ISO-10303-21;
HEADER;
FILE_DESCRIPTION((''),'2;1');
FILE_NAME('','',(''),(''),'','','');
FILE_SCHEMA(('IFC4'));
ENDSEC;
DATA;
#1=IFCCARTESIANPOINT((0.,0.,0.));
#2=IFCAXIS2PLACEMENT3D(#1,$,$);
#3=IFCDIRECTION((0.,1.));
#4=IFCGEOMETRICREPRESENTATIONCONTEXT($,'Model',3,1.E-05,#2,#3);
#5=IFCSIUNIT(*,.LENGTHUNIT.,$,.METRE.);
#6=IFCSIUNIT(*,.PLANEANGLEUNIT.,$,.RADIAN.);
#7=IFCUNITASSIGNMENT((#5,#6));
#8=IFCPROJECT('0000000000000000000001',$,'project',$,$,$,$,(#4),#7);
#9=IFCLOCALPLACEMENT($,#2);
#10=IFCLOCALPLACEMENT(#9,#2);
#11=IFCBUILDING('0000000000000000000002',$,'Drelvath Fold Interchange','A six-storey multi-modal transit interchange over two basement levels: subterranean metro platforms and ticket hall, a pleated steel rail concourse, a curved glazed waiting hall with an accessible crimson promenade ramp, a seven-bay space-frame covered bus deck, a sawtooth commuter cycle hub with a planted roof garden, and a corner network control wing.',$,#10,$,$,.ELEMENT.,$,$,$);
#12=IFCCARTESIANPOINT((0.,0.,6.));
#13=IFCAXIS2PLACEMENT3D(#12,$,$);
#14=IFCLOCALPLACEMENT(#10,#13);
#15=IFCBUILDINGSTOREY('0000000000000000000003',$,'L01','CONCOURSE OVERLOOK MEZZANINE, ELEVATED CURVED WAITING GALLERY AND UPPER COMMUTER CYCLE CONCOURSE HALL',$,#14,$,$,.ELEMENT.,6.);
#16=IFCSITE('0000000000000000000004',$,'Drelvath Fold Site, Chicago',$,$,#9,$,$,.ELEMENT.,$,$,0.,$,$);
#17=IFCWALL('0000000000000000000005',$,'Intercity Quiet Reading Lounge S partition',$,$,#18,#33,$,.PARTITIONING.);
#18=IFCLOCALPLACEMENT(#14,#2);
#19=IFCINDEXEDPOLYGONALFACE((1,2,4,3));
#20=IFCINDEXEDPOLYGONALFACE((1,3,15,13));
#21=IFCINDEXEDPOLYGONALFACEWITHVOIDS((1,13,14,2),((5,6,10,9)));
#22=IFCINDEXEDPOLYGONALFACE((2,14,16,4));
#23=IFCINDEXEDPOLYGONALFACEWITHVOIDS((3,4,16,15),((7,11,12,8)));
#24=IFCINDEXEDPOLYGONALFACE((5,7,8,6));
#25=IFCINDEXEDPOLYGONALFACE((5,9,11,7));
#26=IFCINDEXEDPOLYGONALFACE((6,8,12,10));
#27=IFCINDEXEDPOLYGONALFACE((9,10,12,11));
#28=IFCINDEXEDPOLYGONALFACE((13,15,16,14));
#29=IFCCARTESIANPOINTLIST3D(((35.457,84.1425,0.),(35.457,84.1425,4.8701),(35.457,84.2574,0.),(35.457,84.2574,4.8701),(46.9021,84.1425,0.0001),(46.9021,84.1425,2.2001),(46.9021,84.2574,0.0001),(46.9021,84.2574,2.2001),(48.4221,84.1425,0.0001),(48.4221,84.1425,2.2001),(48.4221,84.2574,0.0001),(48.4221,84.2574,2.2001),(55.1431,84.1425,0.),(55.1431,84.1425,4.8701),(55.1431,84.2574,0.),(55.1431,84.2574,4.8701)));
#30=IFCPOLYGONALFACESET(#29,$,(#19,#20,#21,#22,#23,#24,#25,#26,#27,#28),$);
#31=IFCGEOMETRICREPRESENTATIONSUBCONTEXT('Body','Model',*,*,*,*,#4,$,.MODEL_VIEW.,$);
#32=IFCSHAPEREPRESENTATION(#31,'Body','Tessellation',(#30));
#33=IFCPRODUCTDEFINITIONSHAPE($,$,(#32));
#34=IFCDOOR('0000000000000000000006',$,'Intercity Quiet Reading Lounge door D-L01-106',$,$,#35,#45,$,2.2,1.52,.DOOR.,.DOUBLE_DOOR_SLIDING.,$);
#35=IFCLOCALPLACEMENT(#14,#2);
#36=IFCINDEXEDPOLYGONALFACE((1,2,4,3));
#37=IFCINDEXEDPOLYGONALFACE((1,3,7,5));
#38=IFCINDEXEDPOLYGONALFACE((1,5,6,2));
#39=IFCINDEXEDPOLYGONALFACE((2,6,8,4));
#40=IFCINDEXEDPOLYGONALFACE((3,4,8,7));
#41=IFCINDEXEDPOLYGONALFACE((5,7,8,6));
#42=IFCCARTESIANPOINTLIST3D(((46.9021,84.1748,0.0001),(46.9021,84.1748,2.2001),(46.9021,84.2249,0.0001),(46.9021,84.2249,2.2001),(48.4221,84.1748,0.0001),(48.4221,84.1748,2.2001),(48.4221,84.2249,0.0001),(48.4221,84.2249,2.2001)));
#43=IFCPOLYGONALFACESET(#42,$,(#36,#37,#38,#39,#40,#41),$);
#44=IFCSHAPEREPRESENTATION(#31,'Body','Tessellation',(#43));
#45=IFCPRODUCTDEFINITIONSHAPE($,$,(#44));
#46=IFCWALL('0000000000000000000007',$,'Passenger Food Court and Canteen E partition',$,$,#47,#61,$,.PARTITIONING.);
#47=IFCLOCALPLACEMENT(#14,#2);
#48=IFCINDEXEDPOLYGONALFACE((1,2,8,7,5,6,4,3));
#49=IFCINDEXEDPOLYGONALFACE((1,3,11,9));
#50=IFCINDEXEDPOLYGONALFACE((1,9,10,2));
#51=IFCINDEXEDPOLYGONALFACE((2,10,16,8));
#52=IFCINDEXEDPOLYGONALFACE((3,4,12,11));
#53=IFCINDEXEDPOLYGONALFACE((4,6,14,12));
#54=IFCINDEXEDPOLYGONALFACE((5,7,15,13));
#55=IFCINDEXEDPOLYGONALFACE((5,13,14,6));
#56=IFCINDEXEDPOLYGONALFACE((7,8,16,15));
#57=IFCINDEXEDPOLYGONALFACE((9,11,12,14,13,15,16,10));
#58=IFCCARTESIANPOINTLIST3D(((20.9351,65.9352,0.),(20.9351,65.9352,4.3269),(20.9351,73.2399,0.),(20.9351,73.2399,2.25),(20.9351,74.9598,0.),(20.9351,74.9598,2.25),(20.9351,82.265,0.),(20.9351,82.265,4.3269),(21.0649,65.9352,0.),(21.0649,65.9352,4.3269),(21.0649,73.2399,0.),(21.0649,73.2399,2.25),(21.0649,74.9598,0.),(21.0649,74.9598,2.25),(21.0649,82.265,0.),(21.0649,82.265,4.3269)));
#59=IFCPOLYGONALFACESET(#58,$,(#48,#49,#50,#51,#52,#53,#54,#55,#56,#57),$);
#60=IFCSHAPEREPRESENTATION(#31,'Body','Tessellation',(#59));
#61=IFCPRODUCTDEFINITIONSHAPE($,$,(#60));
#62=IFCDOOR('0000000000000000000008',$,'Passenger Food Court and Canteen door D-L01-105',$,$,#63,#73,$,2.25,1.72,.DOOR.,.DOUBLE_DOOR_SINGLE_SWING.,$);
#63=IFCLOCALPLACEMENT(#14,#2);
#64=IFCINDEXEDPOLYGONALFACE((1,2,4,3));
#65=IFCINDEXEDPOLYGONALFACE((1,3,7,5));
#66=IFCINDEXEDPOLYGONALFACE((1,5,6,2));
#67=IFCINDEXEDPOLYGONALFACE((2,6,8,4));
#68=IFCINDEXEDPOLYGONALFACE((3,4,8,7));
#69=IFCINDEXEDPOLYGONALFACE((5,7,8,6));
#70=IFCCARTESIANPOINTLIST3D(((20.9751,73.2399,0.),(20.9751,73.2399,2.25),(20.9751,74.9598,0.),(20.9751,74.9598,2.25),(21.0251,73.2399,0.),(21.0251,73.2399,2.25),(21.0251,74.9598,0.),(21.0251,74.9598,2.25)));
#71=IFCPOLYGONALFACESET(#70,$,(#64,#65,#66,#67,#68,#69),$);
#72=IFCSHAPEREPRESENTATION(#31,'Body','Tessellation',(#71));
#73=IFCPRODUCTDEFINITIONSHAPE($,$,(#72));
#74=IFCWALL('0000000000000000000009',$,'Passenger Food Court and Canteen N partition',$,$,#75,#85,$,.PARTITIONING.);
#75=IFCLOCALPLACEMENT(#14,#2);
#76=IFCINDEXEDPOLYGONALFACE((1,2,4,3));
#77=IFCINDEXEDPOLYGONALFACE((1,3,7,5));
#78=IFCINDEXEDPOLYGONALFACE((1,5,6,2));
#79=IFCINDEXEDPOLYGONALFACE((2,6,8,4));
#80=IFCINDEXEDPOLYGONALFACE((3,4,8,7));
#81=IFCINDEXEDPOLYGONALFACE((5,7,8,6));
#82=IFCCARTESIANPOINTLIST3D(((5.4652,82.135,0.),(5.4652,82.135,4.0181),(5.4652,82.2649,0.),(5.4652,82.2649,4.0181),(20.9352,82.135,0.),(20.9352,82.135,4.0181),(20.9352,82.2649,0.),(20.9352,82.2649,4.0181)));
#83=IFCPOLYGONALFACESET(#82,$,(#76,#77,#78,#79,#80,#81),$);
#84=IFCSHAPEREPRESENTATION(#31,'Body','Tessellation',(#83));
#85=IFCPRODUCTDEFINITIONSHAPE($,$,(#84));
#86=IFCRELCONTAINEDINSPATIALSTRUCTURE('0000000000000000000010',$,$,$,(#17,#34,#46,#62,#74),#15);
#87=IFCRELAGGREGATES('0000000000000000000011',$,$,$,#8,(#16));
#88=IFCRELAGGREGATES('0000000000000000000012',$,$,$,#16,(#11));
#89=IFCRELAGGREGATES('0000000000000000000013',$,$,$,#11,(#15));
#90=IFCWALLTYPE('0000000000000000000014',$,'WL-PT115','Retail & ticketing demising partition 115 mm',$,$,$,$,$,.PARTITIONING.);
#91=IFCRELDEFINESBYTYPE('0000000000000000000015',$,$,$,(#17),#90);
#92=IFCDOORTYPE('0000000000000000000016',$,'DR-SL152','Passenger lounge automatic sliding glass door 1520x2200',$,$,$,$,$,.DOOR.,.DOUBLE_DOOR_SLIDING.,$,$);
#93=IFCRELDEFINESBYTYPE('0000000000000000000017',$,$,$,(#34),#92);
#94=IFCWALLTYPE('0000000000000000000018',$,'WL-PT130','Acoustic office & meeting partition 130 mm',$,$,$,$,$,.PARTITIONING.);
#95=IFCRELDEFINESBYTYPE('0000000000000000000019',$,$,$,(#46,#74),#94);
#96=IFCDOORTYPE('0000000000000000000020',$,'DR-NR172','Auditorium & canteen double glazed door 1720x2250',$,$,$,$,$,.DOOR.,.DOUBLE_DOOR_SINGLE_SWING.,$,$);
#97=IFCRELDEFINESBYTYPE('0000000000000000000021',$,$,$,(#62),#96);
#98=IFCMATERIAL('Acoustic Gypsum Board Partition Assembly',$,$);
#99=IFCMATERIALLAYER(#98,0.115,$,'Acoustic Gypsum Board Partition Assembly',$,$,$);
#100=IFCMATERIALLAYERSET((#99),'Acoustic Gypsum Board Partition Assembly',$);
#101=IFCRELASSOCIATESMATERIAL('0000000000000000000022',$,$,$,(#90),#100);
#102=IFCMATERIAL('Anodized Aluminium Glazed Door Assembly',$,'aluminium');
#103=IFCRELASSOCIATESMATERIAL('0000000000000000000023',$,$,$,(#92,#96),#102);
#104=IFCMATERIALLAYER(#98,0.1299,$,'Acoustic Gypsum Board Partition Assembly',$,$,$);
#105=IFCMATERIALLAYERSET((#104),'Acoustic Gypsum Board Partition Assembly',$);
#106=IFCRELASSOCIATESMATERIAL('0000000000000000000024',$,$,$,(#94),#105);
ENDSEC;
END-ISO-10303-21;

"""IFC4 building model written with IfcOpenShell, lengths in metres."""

from ifc_helpers import new_model, si_unit, direction, frame, frame_2d, origin, place, context, subcontext, project, spatial, rectangle, extrude, material, layer, layer_set, type_object, element, fill, save


model = new_model("IFC4")

# Units and contexts
model_context = context("Model", 3, precision=1e-05, world=origin(), true_north=direction((0.0, 1.0)))
body_context = subcontext(model_context, "Body", "Model", "MODEL_VIEW")
ifc_project = project(units=[si_unit("LENGTHUNIT", "METRE"), si_unit("PLANEANGLEUNIT", "RADIAN")], contexts=[model_context])

# Site, building, storey
site_placement = place(None, origin())
site = spatial("IfcSite", under=ifc_project, at=site_placement, Name="Drelvath Fold Site, Chicago", CompositionType="ELEMENT", RefElevation=0.0)
building_placement = place(site_placement, origin())
building = spatial("IfcBuilding", under=site, at=building_placement, Name="Drelvath Fold Interchange", Description="A six-storey multi-modal transit interchange over two basement levels: subterranean metro platforms and ticket hall, a pleated steel rail concourse, a curved glazed waiting hall with an accessible crimson promenade ramp, a seven-bay space-frame covered bus deck, a sawtooth commuter cycle hub with a planted roof garden, and a corner network control wing.", CompositionType="ELEMENT")
storey_placement = place(building_placement, frame((0.0, 0.0, 6.0)))
storey = spatial("IfcBuildingStorey", under=building, at=storey_placement, Name="L01", Description="CONCOURSE OVERLOOK MEZZANINE, ELEVATED CURVED WAITING GALLERY AND UPPER COMMUTER CYCLE CONCOURSE HALL", CompositionType="ELEMENT", Elevation=6.0)

# Walls, openings, doors
ifc_material_1 = material(Name="Acoustic Gypsum Board Partition Assembly")
ifc_layer_1 = layer(ifc_material_1, 0.115, Name="Acoustic Gypsum Board Partition Assembly")
ifc_layer_set_1 = layer_set([ifc_layer_1], Name="Acoustic Gypsum Board Partition Assembly")
wall_type_1 = type_object("IfcWallType", Name="WL-PT115", Description="Retail & ticketing demising partition 115 mm", PredefinedType="PARTITIONING", material=ifc_layer_set_1)
wall_1_placement = place(storey_placement, frame((35.457, 84.2, 0.0), z_axis=(0.0, 0.0, 1.0), x_axis=(1.0, 0.0, 0.0)))
wall_1 = element("IfcWall", 1, at=wall_1_placement, inside=storey, type_object=wall_type_1, Name="Intercity Quiet Reading Lounge S partition", PredefinedType="PARTITIONING", context=body_context, shape_type="SweptSolid", body=[
    extrude(rectangle(XDim=19.686, YDim=0.115, at=frame_2d((9.843, 0.0))), origin(), (0.0, 0.0, 1.0), 4.8701),
])
opening_1_placement = place(wall_1_placement, frame((11.4451, 0.0, 0.0)))
opening_1 = element("IfcOpeningElement", 2, at=opening_1_placement, cuts=wall_1, PredefinedType="OPENING", context=body_context, shape_type="SweptSolid", body=[
    extrude(rectangle(XDim=1.52, YDim=2.2, at=frame_2d((0.76, 1.1001))), frame((0.0, 0.0674, 0.0), z_axis=(0.0, -1.0, 0.0), x_axis=(1.0, 0.0, 0.0)), (0.0, 0.0, 1.0), 0.135),
])
ifc_material_2 = material(Name="Anodized Aluminium Glazed Door Assembly", Category="aluminium")
door_type_1 = type_object("IfcDoorType", Name="DR-SL152", Description="Passenger lounge automatic sliding glass door 1520x2200", OperationType="DOUBLE_DOOR_SLIDING", PredefinedType="DOOR", material=ifc_material_2)
door_1_placement = place(opening_1_placement, origin())
door_1 = element("IfcDoor", 3, at=door_1_placement, inside=storey, type_object=door_type_1, Name="Intercity Quiet Reading Lounge door D-L01-106", OperationType="DOUBLE_DOOR_SLIDING", OverallHeight=2.2, OverallWidth=1.52, PredefinedType="DOOR", context=body_context, shape_type="SweptSolid", body=[
    extrude(rectangle(XDim=1.52, YDim=2.2, at=frame_2d((0.76, 1.1001))), frame((0.0, 0.0249, 0.0), z_axis=(0.0, -1.0, 0.0), x_axis=(1.0, 0.0, 0.0)), (0.0, 0.0, 1.0), 0.05),
])
fill(opening_1, door_1)
ifc_layer_2 = layer(ifc_material_1, 0.1299, Name="Acoustic Gypsum Board Partition Assembly")
ifc_layer_set_2 = layer_set([ifc_layer_2], Name="Acoustic Gypsum Board Partition Assembly")
wall_type_2 = type_object("IfcWallType", Name="WL-PT130", Description="Acoustic office & meeting partition 130 mm", PredefinedType="PARTITIONING", material=ifc_layer_set_2)
wall_2_placement = place(storey_placement, frame((21.0, 65.9351, 0.0), z_axis=(0.0, 0.0, 1.0), x_axis=(0.0, 1.0, 0.0)))
wall_2 = element("IfcWall", 4, at=wall_2_placement, inside=storey, type_object=wall_type_2, Name="Passenger Food Court and Canteen E partition", PredefinedType="PARTITIONING", context=body_context, shape_type="SweptSolid", body=[
    extrude(rectangle(XDim=16.3298, YDim=0.1299, at=frame_2d((8.165, 0.0))), origin(), (0.0, 0.0, 1.0), 4.3269),
])
opening_2_placement = place(wall_2_placement, frame((7.3049, 0.0, 0.0)))
opening_2 = element("IfcOpeningElement", 5, at=opening_2_placement, cuts=wall_2, PredefinedType="OPENING", context=body_context, shape_type="SweptSolid", body=[
    extrude(rectangle(XDim=1.72, YDim=2.25, at=frame_2d((0.8599, 1.125))), frame((0.0, 0.075, 0.0), z_axis=(0.0, -1.0, 0.0), x_axis=(1.0, 0.0, 0.0)), (0.0, 0.0, 1.0), 0.1499),
])
door_type_2 = type_object("IfcDoorType", Name="DR-NR172", Description="Auditorium & canteen double glazed door 1720x2250", OperationType="DOUBLE_DOOR_SINGLE_SWING", PredefinedType="DOOR", material=ifc_material_2)
door_2_placement = place(opening_2_placement, origin())
door_2 = element("IfcDoor", 6, at=door_2_placement, inside=storey, type_object=door_type_2, Name="Passenger Food Court and Canteen door D-L01-105", OperationType="DOUBLE_DOOR_SINGLE_SWING", OverallHeight=2.25, OverallWidth=1.72, PredefinedType="DOOR", context=body_context, shape_type="SweptSolid", body=[
    extrude(rectangle(XDim=1.72, YDim=2.25, at=frame_2d((0.8599, 1.125))), frame((0.0, 0.0249, 0.0), z_axis=(0.0, -1.0, 0.0), x_axis=(1.0, 0.0, 0.0)), (0.0, 0.0, 1.0), 0.05),
])
fill(opening_2, door_2)

# Wall
wall_3_placement = place(storey_placement, frame((20.9351, 82.2, 0.0), z_axis=(0.0, 0.0, 1.0), x_axis=(-1.0, 0.0, 0.0)))
element("IfcWall", 7, at=wall_3_placement, inside=storey, type_object=wall_type_2, Name="Passenger Food Court and Canteen N partition", PredefinedType="PARTITIONING", context=body_context, shape_type="SweptSolid", body=[
    extrude(rectangle(XDim=15.47, YDim=0.1299, at=frame_2d((7.7349, 0.0))), origin(), (0.0, 0.0, 1.0), 4.0181),
])

save(model, "model.ifc")
